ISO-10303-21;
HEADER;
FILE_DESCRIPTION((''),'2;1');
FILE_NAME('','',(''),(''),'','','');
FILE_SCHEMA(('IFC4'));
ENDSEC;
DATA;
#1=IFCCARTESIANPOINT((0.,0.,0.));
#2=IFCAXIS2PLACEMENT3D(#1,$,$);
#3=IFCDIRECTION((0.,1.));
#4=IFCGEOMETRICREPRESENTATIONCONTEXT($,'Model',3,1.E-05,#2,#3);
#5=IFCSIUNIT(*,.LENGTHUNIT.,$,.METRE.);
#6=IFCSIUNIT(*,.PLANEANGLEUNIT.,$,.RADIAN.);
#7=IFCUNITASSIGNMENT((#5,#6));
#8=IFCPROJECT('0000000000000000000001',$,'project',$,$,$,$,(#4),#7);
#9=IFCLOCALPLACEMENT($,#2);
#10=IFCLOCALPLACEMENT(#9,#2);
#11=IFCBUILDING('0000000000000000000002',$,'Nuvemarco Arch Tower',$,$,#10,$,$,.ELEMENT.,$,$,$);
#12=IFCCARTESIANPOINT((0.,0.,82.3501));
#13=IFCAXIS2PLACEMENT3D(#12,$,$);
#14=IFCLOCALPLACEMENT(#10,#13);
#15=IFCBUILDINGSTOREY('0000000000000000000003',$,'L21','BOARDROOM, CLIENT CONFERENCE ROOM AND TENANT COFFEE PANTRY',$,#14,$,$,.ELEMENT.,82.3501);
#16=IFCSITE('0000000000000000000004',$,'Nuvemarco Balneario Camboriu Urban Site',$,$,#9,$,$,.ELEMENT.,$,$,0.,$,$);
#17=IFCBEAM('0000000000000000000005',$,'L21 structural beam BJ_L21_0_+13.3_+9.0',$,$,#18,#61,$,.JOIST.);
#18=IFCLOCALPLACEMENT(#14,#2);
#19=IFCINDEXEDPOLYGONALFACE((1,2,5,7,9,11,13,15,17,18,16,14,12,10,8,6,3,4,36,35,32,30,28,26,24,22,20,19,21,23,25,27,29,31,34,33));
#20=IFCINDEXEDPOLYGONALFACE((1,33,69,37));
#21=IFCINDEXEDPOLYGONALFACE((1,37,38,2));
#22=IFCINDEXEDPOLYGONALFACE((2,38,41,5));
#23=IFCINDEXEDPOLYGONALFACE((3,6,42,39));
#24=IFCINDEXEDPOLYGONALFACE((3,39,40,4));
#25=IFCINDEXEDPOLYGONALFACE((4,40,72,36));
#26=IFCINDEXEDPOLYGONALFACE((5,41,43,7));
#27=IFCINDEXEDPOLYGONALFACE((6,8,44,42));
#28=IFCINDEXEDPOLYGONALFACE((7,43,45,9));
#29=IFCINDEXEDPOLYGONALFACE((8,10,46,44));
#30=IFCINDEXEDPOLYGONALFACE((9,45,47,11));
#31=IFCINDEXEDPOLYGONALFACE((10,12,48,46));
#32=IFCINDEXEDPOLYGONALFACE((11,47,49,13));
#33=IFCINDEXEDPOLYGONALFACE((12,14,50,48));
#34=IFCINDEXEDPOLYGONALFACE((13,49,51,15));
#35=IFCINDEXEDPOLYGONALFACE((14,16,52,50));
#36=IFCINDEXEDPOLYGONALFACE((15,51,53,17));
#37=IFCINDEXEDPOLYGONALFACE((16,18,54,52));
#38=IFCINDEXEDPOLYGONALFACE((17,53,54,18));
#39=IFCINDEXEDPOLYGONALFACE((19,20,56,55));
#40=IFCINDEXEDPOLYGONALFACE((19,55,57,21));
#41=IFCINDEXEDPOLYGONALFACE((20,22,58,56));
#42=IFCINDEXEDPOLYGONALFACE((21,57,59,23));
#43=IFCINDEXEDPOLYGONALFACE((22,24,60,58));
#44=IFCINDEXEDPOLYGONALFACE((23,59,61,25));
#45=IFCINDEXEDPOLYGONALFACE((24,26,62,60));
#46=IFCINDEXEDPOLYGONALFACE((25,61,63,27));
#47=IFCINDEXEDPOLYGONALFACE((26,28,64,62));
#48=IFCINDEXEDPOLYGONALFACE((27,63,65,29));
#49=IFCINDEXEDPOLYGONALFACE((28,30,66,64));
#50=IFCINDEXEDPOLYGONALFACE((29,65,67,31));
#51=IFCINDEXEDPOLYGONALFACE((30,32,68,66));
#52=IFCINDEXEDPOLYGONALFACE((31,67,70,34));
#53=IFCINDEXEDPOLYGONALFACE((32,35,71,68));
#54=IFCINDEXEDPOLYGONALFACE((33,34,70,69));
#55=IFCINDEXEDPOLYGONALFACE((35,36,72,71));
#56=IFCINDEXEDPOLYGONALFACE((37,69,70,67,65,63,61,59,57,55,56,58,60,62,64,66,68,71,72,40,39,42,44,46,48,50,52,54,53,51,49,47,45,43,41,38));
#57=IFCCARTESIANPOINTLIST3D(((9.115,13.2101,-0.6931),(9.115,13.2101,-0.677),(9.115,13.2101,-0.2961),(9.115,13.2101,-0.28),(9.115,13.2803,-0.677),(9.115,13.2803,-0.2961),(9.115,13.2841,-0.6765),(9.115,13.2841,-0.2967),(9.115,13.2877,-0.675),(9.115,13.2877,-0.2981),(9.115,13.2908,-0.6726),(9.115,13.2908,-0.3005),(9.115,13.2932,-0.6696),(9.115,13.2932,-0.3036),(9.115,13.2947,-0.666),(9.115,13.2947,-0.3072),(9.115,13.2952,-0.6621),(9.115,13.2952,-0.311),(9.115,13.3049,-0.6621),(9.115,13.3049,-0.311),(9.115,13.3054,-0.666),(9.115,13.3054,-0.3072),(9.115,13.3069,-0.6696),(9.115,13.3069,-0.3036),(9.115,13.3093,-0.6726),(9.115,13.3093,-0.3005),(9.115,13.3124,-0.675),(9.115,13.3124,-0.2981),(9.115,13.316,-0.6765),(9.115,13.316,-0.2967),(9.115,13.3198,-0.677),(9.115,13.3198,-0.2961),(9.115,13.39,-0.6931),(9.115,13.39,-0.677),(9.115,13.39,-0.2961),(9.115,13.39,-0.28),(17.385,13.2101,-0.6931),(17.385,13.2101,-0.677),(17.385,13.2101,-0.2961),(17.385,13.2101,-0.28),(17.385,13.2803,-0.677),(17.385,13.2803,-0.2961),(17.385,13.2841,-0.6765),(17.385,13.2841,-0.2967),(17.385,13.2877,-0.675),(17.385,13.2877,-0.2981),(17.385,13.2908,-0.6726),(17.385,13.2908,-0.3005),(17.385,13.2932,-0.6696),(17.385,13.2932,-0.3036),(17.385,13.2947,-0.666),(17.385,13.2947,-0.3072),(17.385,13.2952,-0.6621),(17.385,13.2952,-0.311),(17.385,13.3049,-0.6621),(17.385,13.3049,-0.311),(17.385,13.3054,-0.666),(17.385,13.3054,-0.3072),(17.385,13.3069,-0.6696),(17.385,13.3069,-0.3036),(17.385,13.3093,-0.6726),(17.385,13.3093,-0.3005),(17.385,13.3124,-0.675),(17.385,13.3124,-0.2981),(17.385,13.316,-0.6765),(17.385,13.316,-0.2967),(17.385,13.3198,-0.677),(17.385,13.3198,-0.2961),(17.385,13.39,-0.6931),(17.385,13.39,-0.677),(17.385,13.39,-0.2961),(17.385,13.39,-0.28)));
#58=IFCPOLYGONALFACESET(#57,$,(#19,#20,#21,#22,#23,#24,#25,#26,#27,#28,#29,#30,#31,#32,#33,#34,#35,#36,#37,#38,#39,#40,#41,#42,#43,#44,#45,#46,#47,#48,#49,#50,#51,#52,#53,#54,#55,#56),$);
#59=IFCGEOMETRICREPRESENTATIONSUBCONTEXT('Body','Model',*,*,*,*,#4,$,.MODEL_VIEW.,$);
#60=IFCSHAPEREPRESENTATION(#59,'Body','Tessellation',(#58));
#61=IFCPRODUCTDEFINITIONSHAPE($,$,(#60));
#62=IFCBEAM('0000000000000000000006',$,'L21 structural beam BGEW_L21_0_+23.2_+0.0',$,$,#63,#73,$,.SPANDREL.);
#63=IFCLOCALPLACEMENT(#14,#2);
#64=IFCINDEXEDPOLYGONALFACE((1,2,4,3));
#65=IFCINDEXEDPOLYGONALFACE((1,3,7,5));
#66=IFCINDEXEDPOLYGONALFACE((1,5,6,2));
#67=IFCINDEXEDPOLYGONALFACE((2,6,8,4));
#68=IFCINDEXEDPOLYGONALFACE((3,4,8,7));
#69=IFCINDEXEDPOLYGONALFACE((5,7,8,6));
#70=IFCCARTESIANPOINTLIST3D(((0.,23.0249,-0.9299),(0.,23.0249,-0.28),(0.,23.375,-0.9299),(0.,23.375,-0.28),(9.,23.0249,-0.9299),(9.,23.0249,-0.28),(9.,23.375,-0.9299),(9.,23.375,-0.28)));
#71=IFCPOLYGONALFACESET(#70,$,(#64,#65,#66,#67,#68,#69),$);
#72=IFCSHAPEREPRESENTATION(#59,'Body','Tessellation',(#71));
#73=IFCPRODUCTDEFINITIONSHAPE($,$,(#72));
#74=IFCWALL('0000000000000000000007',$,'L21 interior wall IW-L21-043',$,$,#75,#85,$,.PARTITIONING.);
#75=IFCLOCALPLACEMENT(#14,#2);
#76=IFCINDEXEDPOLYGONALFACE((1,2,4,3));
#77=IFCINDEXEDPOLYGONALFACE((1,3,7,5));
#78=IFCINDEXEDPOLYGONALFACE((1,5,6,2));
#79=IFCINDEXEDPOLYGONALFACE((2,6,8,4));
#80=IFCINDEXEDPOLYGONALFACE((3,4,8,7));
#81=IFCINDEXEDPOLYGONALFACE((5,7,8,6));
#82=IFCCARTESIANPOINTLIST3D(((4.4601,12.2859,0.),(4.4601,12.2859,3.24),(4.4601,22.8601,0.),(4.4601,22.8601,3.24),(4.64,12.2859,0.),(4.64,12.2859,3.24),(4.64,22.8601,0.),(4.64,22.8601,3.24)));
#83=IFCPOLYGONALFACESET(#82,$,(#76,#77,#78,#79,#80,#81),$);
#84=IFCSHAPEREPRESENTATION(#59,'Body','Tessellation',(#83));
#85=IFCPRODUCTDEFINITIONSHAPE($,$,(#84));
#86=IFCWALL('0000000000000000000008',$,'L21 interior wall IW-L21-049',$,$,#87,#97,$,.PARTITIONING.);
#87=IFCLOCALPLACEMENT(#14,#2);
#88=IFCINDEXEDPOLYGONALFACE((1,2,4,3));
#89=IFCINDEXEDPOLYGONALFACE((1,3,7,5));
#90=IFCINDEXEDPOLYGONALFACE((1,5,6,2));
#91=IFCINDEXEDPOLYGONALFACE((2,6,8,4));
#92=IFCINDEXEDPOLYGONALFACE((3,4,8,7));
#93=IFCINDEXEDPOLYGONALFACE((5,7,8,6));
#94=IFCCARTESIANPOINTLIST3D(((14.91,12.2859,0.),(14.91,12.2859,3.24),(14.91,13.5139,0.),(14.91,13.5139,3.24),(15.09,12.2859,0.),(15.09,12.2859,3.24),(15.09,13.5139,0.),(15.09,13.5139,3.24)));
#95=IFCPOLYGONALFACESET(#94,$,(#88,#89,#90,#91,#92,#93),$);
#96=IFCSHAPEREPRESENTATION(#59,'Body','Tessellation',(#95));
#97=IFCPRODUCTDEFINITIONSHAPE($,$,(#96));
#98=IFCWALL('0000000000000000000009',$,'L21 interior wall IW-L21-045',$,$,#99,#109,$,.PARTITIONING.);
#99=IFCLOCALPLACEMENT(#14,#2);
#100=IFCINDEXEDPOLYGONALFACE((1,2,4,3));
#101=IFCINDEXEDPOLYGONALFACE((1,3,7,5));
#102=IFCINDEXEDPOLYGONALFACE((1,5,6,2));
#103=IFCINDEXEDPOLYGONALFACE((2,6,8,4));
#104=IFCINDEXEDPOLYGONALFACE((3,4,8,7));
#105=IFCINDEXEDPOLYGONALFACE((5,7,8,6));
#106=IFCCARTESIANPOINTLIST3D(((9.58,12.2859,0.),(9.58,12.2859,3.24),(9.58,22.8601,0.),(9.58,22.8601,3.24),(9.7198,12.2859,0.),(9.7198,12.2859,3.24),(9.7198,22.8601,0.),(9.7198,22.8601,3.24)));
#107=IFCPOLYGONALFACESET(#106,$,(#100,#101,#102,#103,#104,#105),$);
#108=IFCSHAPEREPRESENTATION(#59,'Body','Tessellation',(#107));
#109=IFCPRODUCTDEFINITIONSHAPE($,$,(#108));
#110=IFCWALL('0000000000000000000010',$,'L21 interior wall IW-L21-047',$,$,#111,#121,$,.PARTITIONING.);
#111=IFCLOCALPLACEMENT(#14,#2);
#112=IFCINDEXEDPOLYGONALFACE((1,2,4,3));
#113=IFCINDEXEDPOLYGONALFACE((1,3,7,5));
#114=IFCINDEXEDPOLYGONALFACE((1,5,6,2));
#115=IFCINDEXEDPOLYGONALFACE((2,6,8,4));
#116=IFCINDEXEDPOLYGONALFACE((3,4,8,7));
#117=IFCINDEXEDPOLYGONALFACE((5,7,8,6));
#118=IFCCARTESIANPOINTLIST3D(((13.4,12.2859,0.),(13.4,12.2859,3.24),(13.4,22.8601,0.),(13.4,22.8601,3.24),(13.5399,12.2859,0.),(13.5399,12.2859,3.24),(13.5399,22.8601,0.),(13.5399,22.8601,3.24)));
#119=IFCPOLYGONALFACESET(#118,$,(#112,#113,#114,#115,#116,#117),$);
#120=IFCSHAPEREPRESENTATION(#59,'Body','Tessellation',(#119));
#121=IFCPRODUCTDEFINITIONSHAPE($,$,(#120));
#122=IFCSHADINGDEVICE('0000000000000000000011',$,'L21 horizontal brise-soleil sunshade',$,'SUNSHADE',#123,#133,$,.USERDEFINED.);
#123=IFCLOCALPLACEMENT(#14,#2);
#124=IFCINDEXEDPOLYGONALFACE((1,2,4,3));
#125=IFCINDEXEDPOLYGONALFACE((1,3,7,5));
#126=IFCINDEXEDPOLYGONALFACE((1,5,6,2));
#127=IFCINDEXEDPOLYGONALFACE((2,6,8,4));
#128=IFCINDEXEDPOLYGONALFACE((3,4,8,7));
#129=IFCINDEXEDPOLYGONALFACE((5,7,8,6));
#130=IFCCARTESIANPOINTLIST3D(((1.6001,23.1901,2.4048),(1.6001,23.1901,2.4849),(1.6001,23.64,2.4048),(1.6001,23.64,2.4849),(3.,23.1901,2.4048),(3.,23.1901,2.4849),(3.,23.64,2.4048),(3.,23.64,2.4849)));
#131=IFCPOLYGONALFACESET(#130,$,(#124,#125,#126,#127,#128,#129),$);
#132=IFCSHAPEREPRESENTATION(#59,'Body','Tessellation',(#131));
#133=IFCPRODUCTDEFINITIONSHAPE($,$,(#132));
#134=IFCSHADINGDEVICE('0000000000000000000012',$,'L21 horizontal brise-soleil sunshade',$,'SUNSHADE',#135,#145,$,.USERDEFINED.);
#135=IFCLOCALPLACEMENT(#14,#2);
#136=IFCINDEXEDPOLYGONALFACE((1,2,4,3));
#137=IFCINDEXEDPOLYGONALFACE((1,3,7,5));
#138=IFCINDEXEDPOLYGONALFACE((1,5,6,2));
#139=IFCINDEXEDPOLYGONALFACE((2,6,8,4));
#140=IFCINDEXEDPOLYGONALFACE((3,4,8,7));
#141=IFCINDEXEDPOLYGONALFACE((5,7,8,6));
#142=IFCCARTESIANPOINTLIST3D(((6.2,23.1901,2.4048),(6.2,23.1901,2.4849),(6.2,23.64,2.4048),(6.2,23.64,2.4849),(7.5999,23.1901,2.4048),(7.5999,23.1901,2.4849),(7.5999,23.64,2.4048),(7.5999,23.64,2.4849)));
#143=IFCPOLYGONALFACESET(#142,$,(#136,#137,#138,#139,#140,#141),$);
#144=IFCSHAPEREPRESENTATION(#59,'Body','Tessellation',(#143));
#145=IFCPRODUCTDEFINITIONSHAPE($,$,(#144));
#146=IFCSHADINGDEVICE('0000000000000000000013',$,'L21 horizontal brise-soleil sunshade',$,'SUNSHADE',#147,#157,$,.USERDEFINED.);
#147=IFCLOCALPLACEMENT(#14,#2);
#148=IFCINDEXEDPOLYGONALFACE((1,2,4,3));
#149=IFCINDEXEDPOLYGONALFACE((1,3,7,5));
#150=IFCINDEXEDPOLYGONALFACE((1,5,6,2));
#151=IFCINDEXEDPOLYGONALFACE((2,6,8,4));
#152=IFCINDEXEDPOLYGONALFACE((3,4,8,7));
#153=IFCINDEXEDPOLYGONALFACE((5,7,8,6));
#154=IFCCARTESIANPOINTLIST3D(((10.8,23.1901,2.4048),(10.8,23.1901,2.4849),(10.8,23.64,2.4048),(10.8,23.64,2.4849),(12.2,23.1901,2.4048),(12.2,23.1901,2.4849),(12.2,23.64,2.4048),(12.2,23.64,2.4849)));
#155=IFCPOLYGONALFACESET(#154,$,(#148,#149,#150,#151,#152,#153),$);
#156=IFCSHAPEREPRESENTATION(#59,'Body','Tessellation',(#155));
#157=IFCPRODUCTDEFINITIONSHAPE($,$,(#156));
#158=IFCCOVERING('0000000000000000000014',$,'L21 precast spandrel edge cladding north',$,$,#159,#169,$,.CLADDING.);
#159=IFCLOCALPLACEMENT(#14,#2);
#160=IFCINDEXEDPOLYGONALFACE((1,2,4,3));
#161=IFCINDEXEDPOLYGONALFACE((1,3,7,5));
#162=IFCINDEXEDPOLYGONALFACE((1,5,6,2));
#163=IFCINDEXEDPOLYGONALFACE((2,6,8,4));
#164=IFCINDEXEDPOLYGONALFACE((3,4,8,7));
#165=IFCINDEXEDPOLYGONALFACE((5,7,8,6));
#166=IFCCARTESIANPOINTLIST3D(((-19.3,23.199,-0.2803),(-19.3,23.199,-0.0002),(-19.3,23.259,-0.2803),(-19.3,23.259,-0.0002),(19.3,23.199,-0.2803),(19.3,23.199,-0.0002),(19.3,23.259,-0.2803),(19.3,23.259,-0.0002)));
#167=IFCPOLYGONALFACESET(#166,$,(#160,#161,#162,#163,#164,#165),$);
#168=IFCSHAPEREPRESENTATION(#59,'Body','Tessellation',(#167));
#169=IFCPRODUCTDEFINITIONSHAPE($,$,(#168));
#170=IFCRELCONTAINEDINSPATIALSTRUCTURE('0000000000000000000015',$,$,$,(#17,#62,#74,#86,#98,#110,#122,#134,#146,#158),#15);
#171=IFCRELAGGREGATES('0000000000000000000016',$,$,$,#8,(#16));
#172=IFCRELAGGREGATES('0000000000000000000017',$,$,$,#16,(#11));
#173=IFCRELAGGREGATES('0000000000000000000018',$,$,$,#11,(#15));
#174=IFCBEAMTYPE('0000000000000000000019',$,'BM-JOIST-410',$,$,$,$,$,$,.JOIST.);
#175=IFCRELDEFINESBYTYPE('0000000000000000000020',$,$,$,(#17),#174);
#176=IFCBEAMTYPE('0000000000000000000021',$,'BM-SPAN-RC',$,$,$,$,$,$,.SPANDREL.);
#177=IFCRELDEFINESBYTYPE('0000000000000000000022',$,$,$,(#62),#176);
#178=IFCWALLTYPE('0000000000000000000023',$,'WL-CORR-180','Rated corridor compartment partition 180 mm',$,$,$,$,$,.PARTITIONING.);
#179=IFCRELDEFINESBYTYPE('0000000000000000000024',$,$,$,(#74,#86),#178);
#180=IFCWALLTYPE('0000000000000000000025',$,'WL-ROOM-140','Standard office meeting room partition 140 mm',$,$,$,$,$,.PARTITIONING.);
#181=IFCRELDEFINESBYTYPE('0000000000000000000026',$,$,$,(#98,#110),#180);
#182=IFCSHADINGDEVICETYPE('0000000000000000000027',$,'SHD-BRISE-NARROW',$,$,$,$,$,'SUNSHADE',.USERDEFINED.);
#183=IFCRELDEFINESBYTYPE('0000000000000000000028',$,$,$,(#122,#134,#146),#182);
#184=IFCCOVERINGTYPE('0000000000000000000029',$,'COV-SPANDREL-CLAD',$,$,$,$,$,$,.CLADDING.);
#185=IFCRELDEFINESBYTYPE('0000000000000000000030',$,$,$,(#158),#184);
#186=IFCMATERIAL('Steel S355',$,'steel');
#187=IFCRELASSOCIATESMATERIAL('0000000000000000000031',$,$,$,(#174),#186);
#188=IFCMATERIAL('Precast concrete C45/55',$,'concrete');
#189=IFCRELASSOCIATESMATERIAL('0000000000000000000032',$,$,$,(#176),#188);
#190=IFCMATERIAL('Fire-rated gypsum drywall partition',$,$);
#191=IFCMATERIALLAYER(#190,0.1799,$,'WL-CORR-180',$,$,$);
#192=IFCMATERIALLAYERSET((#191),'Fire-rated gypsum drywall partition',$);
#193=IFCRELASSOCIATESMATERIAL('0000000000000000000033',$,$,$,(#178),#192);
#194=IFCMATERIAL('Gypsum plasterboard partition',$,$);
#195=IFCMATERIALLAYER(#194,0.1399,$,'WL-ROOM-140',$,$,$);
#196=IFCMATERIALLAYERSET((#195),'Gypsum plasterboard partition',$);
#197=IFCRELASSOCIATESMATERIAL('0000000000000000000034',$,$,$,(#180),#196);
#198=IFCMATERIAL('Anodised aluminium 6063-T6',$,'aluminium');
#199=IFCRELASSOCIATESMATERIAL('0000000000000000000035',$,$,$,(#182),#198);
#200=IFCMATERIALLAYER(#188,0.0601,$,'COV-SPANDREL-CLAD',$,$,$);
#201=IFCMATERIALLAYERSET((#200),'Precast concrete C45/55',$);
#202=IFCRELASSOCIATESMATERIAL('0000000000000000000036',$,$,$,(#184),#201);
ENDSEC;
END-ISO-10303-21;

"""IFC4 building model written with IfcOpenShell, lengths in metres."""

from ifc_helpers import new_model, si_unit, direction, frame, frame_2d, origin, origin_2d, place, context, subcontext, project, spatial, rectangle, i_section, extrude, source, transform, mapped, material, layer, layer_set, material_profile, profile_set, type_object, type_shapes, element, save


model = new_model("IFC4")

# Units and contexts
model_context = context("Model", 3, precision=1e-05, world=origin(), true_north=direction((0.0, 1.0)))
body_context = subcontext(model_context, "Body", "Model", "MODEL_VIEW")
ifc_project = project(units=[si_unit("LENGTHUNIT", "METRE"), si_unit("PLANEANGLEUNIT", "RADIAN")], contexts=[model_context])

# Site, building, storey
site_placement = place(None, origin())
site = spatial("IfcSite", under=ifc_project, at=site_placement, Name="Nuvemarco Balneario Camboriu Urban Site", CompositionType="ELEMENT", RefElevation=0.0)
building_placement = place(site_placement, origin())
building = spatial("IfcBuilding", under=site, at=building_placement, Name="Nuvemarco Arch Tower", CompositionType="ELEMENT")
storey_placement = place(building_placement, frame((0.0, 0.0, 82.3501)))
storey = spatial("IfcBuildingStorey", under=building, at=storey_placement, Name="L21", Description="BOARDROOM, CLIENT CONFERENCE ROOM AND TENANT COFFEE PANTRY", CompositionType="ELEMENT", Elevation=82.3501)

# Shared definitions
ifc_material_1 = material(Name="Steel S355", Category="steel")

# Beams
ifc_material_profile_1 = material_profile(ifc_material_1, i_section(OverallWidth=0.1799, OverallDepth=0.4131, WebThickness=0.0098, FlangeThickness=0.0161, FilletRadius=0.0149, at=origin_2d()), Name="W410x75")
ifc_profile_set_1 = profile_set([ifc_material_profile_1], Name="Steel S355")
beam_type_1 = type_object("IfcBeamType", Name="BM-JOIST-410", PredefinedType="JOIST", material=ifc_profile_set_1)
beam_1_placement = place(storey_placement, frame((9.115, 13.3, -0.4866), z_axis=(1.0, 0.0, 0.0), x_axis=(0.0, 1.0, 0.0)))
element("IfcBeam", 1, at=beam_1_placement, inside=storey, type_object=beam_type_1, Name="L21 structural beam BJ_L21_0_+13.3_+9.0", PredefinedType="JOIST", context=body_context, shape_type="SweptSolid", body=[
    extrude(i_section(OverallWidth=0.1799, OverallDepth=0.4131, WebThickness=0.0098, FlangeThickness=0.0161, FilletRadius=0.0149, at=origin_2d()), origin(), (0.0, 0.0, 1.0), 8.27),
])
ifc_material_2 = material(Name="Precast concrete C45/55", Category="concrete")
ifc_material_profile_2 = material_profile(ifc_material_2, rectangle(XDim=0.3501, YDim=0.6499, at=origin_2d()), Name="PC-SP-350x650")
ifc_profile_set_2 = profile_set([ifc_material_profile_2], Name="Precast concrete C45/55")
beam_type_2 = type_object("IfcBeamType", Name="BM-SPAN-RC", PredefinedType="SPANDREL", material=ifc_profile_set_2)
beam_2_placement = place(storey_placement, frame((0.0, 23.2, -0.605), z_axis=(1.0, 0.0, 0.0), x_axis=(0.0, 1.0, 0.0)))
element("IfcBeam", 2, at=beam_2_placement, inside=storey, type_object=beam_type_2, Name="L21 structural beam BGEW_L21_0_+23.2_+0.0", PredefinedType="SPANDREL", context=body_context, shape_type="SweptSolid", body=[
    extrude(rectangle(XDim=0.3501, YDim=0.6499, at=origin_2d()), origin(), (0.0, 0.0, 1.0), 9.0),
])

# Walls
ifc_material_3 = material(Name="Fire-rated gypsum drywall partition")
ifc_layer_1 = layer(ifc_material_3, 0.1799, Name="WL-CORR-180")
ifc_layer_set_1 = layer_set([ifc_layer_1], Name="Fire-rated gypsum drywall partition")
wall_type_1 = type_object("IfcWallType", Name="WL-CORR-180", Description="Rated corridor compartment partition 180 mm", PredefinedType="PARTITIONING", material=ifc_layer_set_1)
wall_1_placement = place(storey_placement, frame((4.55, 12.2859, 0.0), z_axis=(0.0, 0.0, 1.0), x_axis=(0.0, 1.0, 0.0)))
element("IfcWall", 3, at=wall_1_placement, inside=storey, type_object=wall_type_1, Name="L21 interior wall IW-L21-043", PredefinedType="PARTITIONING", context=body_context, shape_type="SweptSolid", body=[
    extrude(rectangle(XDim=10.5742, YDim=0.1799, at=frame_2d((5.2871, 0.0))), origin(), (0.0, 0.0, 1.0), 3.24),
])
wall_2_placement = place(storey_placement, frame((15.0, 12.2859, 0.0), z_axis=(0.0, 0.0, 1.0), x_axis=(0.0, 1.0, 0.0)))
element("IfcWall", 4, at=wall_2_placement, inside=storey, type_object=wall_type_1, Name="L21 interior wall IW-L21-049", PredefinedType="PARTITIONING", context=body_context, shape_type="SweptSolid", body=[
    extrude(rectangle(XDim=1.228, YDim=0.1799, at=frame_2d((0.614, 0.0))), origin(), (0.0, 0.0, 1.0), 3.24),
])
ifc_material_4 = material(Name="Gypsum plasterboard partition")
ifc_layer_2 = layer(ifc_material_4, 0.1399, Name="WL-ROOM-140")
ifc_layer_set_2 = layer_set([ifc_layer_2], Name="Gypsum plasterboard partition")
wall_type_2 = type_object("IfcWallType", Name="WL-ROOM-140", Description="Standard office meeting room partition 140 mm", PredefinedType="PARTITIONING", material=ifc_layer_set_2)
for number, where, z_axis, x_axis, name in (
    (5, (9.6499, 12.2859, 0.0), (0.0, 0.0, 1.0), (0.0, 1.0, 0.0), "L21 interior wall IW-L21-045"),
    (6, (13.47, 12.2859, 0.0), (0.0, 0.0, 1.0), (0.0, 1.0, 0.0), "L21 interior wall IW-L21-047"),
):
    element("IfcWall", number, at=place(storey_placement, frame(where, z_axis=z_axis, x_axis=x_axis)), inside=storey, type_object=wall_type_2, Name=name, PredefinedType="PARTITIONING", context=body_context, shape_type="SweptSolid", body=[
        extrude(rectangle(XDim=10.5742, YDim=0.1399, at=frame_2d((5.2871, 0.0))), origin(), (0.0, 0.0, 1.0), 3.24),
    ])

# Shading devices
ifc_material_5 = material(Name="Anodised aluminium 6063-T6", Category="aluminium")
shading_device_type = type_object("IfcShadingDeviceType", Name="SHD-BRISE-NARROW", ElementType="SUNSHADE", PredefinedType="USERDEFINED", material=ifc_material_5)
shared_shape_1 = source(origin(), body_context, "Body", "SweptSolid", [
    extrude(rectangle(XDim=1.3999, YDim=0.45, at=origin_2d()), origin(), (0.0, 0.0, 1.0), 0.0801),
])
type_shapes(shading_device_type, [shared_shape_1])
for number, where, z_axis, x_axis, name in (
    (7, (2.3, 23.415, 2.4048), (0.0, 0.0, 1.0), (1.0, 0.0, 0.0), "L21 horizontal brise-soleil sunshade"),
    (8, (6.8999, 23.415, 2.4048), (0.0, 0.0, 1.0), (1.0, 0.0, 0.0), "L21 horizontal brise-soleil sunshade"),
    (9, (11.5, 23.415, 2.4048), (0.0, 0.0, 1.0), (1.0, 0.0, 0.0), "L21 horizontal brise-soleil sunshade"),
):
    element("IfcShadingDevice", number, at=place(storey_placement, frame(where, z_axis=z_axis, x_axis=x_axis)), inside=storey, type_object=shading_device_type, Name=name, ObjectType="SUNSHADE", PredefinedType="USERDEFINED", context=body_context, shape_type="MappedRepresentation", body=[
        mapped(shared_shape_1, transform((0.0, 0.0, 0.0), scale=1.0)),
    ])

# Covering
ifc_layer_3 = layer(ifc_material_2, 0.0601, Name="COV-SPANDREL-CLAD")
ifc_layer_set_3 = layer_set([ifc_layer_3], Name="Precast concrete C45/55")
covering_type = type_object("IfcCoveringType", Name="COV-SPANDREL-CLAD", PredefinedType="CLADDING", material=ifc_layer_set_3)
shared_shape_2 = source(origin(), body_context, "Body", "SweptSolid", [
    extrude(rectangle(XDim=38.6001, YDim=0.0601, at=origin_2d()), origin(), (0.0, 0.0, 1.0), 0.28),
])
type_shapes(covering_type, [shared_shape_2])
covering_placement = place(storey_placement, frame((0.0, 23.229, -0.2803), z_axis=(0.0, 0.0, 1.0), x_axis=(1.0, 0.0, 0.0)))
element("IfcCovering", 10, at=covering_placement, inside=storey, type_object=covering_type, Name="L21 precast spandrel edge cladding north", PredefinedType="CLADDING", context=body_context, shape_type="MappedRepresentation", body=[
    mapped(shared_shape_2, transform((0.0, 0.0, 0.0), scale=1.0)),
])

save(model, "model.ifc")
